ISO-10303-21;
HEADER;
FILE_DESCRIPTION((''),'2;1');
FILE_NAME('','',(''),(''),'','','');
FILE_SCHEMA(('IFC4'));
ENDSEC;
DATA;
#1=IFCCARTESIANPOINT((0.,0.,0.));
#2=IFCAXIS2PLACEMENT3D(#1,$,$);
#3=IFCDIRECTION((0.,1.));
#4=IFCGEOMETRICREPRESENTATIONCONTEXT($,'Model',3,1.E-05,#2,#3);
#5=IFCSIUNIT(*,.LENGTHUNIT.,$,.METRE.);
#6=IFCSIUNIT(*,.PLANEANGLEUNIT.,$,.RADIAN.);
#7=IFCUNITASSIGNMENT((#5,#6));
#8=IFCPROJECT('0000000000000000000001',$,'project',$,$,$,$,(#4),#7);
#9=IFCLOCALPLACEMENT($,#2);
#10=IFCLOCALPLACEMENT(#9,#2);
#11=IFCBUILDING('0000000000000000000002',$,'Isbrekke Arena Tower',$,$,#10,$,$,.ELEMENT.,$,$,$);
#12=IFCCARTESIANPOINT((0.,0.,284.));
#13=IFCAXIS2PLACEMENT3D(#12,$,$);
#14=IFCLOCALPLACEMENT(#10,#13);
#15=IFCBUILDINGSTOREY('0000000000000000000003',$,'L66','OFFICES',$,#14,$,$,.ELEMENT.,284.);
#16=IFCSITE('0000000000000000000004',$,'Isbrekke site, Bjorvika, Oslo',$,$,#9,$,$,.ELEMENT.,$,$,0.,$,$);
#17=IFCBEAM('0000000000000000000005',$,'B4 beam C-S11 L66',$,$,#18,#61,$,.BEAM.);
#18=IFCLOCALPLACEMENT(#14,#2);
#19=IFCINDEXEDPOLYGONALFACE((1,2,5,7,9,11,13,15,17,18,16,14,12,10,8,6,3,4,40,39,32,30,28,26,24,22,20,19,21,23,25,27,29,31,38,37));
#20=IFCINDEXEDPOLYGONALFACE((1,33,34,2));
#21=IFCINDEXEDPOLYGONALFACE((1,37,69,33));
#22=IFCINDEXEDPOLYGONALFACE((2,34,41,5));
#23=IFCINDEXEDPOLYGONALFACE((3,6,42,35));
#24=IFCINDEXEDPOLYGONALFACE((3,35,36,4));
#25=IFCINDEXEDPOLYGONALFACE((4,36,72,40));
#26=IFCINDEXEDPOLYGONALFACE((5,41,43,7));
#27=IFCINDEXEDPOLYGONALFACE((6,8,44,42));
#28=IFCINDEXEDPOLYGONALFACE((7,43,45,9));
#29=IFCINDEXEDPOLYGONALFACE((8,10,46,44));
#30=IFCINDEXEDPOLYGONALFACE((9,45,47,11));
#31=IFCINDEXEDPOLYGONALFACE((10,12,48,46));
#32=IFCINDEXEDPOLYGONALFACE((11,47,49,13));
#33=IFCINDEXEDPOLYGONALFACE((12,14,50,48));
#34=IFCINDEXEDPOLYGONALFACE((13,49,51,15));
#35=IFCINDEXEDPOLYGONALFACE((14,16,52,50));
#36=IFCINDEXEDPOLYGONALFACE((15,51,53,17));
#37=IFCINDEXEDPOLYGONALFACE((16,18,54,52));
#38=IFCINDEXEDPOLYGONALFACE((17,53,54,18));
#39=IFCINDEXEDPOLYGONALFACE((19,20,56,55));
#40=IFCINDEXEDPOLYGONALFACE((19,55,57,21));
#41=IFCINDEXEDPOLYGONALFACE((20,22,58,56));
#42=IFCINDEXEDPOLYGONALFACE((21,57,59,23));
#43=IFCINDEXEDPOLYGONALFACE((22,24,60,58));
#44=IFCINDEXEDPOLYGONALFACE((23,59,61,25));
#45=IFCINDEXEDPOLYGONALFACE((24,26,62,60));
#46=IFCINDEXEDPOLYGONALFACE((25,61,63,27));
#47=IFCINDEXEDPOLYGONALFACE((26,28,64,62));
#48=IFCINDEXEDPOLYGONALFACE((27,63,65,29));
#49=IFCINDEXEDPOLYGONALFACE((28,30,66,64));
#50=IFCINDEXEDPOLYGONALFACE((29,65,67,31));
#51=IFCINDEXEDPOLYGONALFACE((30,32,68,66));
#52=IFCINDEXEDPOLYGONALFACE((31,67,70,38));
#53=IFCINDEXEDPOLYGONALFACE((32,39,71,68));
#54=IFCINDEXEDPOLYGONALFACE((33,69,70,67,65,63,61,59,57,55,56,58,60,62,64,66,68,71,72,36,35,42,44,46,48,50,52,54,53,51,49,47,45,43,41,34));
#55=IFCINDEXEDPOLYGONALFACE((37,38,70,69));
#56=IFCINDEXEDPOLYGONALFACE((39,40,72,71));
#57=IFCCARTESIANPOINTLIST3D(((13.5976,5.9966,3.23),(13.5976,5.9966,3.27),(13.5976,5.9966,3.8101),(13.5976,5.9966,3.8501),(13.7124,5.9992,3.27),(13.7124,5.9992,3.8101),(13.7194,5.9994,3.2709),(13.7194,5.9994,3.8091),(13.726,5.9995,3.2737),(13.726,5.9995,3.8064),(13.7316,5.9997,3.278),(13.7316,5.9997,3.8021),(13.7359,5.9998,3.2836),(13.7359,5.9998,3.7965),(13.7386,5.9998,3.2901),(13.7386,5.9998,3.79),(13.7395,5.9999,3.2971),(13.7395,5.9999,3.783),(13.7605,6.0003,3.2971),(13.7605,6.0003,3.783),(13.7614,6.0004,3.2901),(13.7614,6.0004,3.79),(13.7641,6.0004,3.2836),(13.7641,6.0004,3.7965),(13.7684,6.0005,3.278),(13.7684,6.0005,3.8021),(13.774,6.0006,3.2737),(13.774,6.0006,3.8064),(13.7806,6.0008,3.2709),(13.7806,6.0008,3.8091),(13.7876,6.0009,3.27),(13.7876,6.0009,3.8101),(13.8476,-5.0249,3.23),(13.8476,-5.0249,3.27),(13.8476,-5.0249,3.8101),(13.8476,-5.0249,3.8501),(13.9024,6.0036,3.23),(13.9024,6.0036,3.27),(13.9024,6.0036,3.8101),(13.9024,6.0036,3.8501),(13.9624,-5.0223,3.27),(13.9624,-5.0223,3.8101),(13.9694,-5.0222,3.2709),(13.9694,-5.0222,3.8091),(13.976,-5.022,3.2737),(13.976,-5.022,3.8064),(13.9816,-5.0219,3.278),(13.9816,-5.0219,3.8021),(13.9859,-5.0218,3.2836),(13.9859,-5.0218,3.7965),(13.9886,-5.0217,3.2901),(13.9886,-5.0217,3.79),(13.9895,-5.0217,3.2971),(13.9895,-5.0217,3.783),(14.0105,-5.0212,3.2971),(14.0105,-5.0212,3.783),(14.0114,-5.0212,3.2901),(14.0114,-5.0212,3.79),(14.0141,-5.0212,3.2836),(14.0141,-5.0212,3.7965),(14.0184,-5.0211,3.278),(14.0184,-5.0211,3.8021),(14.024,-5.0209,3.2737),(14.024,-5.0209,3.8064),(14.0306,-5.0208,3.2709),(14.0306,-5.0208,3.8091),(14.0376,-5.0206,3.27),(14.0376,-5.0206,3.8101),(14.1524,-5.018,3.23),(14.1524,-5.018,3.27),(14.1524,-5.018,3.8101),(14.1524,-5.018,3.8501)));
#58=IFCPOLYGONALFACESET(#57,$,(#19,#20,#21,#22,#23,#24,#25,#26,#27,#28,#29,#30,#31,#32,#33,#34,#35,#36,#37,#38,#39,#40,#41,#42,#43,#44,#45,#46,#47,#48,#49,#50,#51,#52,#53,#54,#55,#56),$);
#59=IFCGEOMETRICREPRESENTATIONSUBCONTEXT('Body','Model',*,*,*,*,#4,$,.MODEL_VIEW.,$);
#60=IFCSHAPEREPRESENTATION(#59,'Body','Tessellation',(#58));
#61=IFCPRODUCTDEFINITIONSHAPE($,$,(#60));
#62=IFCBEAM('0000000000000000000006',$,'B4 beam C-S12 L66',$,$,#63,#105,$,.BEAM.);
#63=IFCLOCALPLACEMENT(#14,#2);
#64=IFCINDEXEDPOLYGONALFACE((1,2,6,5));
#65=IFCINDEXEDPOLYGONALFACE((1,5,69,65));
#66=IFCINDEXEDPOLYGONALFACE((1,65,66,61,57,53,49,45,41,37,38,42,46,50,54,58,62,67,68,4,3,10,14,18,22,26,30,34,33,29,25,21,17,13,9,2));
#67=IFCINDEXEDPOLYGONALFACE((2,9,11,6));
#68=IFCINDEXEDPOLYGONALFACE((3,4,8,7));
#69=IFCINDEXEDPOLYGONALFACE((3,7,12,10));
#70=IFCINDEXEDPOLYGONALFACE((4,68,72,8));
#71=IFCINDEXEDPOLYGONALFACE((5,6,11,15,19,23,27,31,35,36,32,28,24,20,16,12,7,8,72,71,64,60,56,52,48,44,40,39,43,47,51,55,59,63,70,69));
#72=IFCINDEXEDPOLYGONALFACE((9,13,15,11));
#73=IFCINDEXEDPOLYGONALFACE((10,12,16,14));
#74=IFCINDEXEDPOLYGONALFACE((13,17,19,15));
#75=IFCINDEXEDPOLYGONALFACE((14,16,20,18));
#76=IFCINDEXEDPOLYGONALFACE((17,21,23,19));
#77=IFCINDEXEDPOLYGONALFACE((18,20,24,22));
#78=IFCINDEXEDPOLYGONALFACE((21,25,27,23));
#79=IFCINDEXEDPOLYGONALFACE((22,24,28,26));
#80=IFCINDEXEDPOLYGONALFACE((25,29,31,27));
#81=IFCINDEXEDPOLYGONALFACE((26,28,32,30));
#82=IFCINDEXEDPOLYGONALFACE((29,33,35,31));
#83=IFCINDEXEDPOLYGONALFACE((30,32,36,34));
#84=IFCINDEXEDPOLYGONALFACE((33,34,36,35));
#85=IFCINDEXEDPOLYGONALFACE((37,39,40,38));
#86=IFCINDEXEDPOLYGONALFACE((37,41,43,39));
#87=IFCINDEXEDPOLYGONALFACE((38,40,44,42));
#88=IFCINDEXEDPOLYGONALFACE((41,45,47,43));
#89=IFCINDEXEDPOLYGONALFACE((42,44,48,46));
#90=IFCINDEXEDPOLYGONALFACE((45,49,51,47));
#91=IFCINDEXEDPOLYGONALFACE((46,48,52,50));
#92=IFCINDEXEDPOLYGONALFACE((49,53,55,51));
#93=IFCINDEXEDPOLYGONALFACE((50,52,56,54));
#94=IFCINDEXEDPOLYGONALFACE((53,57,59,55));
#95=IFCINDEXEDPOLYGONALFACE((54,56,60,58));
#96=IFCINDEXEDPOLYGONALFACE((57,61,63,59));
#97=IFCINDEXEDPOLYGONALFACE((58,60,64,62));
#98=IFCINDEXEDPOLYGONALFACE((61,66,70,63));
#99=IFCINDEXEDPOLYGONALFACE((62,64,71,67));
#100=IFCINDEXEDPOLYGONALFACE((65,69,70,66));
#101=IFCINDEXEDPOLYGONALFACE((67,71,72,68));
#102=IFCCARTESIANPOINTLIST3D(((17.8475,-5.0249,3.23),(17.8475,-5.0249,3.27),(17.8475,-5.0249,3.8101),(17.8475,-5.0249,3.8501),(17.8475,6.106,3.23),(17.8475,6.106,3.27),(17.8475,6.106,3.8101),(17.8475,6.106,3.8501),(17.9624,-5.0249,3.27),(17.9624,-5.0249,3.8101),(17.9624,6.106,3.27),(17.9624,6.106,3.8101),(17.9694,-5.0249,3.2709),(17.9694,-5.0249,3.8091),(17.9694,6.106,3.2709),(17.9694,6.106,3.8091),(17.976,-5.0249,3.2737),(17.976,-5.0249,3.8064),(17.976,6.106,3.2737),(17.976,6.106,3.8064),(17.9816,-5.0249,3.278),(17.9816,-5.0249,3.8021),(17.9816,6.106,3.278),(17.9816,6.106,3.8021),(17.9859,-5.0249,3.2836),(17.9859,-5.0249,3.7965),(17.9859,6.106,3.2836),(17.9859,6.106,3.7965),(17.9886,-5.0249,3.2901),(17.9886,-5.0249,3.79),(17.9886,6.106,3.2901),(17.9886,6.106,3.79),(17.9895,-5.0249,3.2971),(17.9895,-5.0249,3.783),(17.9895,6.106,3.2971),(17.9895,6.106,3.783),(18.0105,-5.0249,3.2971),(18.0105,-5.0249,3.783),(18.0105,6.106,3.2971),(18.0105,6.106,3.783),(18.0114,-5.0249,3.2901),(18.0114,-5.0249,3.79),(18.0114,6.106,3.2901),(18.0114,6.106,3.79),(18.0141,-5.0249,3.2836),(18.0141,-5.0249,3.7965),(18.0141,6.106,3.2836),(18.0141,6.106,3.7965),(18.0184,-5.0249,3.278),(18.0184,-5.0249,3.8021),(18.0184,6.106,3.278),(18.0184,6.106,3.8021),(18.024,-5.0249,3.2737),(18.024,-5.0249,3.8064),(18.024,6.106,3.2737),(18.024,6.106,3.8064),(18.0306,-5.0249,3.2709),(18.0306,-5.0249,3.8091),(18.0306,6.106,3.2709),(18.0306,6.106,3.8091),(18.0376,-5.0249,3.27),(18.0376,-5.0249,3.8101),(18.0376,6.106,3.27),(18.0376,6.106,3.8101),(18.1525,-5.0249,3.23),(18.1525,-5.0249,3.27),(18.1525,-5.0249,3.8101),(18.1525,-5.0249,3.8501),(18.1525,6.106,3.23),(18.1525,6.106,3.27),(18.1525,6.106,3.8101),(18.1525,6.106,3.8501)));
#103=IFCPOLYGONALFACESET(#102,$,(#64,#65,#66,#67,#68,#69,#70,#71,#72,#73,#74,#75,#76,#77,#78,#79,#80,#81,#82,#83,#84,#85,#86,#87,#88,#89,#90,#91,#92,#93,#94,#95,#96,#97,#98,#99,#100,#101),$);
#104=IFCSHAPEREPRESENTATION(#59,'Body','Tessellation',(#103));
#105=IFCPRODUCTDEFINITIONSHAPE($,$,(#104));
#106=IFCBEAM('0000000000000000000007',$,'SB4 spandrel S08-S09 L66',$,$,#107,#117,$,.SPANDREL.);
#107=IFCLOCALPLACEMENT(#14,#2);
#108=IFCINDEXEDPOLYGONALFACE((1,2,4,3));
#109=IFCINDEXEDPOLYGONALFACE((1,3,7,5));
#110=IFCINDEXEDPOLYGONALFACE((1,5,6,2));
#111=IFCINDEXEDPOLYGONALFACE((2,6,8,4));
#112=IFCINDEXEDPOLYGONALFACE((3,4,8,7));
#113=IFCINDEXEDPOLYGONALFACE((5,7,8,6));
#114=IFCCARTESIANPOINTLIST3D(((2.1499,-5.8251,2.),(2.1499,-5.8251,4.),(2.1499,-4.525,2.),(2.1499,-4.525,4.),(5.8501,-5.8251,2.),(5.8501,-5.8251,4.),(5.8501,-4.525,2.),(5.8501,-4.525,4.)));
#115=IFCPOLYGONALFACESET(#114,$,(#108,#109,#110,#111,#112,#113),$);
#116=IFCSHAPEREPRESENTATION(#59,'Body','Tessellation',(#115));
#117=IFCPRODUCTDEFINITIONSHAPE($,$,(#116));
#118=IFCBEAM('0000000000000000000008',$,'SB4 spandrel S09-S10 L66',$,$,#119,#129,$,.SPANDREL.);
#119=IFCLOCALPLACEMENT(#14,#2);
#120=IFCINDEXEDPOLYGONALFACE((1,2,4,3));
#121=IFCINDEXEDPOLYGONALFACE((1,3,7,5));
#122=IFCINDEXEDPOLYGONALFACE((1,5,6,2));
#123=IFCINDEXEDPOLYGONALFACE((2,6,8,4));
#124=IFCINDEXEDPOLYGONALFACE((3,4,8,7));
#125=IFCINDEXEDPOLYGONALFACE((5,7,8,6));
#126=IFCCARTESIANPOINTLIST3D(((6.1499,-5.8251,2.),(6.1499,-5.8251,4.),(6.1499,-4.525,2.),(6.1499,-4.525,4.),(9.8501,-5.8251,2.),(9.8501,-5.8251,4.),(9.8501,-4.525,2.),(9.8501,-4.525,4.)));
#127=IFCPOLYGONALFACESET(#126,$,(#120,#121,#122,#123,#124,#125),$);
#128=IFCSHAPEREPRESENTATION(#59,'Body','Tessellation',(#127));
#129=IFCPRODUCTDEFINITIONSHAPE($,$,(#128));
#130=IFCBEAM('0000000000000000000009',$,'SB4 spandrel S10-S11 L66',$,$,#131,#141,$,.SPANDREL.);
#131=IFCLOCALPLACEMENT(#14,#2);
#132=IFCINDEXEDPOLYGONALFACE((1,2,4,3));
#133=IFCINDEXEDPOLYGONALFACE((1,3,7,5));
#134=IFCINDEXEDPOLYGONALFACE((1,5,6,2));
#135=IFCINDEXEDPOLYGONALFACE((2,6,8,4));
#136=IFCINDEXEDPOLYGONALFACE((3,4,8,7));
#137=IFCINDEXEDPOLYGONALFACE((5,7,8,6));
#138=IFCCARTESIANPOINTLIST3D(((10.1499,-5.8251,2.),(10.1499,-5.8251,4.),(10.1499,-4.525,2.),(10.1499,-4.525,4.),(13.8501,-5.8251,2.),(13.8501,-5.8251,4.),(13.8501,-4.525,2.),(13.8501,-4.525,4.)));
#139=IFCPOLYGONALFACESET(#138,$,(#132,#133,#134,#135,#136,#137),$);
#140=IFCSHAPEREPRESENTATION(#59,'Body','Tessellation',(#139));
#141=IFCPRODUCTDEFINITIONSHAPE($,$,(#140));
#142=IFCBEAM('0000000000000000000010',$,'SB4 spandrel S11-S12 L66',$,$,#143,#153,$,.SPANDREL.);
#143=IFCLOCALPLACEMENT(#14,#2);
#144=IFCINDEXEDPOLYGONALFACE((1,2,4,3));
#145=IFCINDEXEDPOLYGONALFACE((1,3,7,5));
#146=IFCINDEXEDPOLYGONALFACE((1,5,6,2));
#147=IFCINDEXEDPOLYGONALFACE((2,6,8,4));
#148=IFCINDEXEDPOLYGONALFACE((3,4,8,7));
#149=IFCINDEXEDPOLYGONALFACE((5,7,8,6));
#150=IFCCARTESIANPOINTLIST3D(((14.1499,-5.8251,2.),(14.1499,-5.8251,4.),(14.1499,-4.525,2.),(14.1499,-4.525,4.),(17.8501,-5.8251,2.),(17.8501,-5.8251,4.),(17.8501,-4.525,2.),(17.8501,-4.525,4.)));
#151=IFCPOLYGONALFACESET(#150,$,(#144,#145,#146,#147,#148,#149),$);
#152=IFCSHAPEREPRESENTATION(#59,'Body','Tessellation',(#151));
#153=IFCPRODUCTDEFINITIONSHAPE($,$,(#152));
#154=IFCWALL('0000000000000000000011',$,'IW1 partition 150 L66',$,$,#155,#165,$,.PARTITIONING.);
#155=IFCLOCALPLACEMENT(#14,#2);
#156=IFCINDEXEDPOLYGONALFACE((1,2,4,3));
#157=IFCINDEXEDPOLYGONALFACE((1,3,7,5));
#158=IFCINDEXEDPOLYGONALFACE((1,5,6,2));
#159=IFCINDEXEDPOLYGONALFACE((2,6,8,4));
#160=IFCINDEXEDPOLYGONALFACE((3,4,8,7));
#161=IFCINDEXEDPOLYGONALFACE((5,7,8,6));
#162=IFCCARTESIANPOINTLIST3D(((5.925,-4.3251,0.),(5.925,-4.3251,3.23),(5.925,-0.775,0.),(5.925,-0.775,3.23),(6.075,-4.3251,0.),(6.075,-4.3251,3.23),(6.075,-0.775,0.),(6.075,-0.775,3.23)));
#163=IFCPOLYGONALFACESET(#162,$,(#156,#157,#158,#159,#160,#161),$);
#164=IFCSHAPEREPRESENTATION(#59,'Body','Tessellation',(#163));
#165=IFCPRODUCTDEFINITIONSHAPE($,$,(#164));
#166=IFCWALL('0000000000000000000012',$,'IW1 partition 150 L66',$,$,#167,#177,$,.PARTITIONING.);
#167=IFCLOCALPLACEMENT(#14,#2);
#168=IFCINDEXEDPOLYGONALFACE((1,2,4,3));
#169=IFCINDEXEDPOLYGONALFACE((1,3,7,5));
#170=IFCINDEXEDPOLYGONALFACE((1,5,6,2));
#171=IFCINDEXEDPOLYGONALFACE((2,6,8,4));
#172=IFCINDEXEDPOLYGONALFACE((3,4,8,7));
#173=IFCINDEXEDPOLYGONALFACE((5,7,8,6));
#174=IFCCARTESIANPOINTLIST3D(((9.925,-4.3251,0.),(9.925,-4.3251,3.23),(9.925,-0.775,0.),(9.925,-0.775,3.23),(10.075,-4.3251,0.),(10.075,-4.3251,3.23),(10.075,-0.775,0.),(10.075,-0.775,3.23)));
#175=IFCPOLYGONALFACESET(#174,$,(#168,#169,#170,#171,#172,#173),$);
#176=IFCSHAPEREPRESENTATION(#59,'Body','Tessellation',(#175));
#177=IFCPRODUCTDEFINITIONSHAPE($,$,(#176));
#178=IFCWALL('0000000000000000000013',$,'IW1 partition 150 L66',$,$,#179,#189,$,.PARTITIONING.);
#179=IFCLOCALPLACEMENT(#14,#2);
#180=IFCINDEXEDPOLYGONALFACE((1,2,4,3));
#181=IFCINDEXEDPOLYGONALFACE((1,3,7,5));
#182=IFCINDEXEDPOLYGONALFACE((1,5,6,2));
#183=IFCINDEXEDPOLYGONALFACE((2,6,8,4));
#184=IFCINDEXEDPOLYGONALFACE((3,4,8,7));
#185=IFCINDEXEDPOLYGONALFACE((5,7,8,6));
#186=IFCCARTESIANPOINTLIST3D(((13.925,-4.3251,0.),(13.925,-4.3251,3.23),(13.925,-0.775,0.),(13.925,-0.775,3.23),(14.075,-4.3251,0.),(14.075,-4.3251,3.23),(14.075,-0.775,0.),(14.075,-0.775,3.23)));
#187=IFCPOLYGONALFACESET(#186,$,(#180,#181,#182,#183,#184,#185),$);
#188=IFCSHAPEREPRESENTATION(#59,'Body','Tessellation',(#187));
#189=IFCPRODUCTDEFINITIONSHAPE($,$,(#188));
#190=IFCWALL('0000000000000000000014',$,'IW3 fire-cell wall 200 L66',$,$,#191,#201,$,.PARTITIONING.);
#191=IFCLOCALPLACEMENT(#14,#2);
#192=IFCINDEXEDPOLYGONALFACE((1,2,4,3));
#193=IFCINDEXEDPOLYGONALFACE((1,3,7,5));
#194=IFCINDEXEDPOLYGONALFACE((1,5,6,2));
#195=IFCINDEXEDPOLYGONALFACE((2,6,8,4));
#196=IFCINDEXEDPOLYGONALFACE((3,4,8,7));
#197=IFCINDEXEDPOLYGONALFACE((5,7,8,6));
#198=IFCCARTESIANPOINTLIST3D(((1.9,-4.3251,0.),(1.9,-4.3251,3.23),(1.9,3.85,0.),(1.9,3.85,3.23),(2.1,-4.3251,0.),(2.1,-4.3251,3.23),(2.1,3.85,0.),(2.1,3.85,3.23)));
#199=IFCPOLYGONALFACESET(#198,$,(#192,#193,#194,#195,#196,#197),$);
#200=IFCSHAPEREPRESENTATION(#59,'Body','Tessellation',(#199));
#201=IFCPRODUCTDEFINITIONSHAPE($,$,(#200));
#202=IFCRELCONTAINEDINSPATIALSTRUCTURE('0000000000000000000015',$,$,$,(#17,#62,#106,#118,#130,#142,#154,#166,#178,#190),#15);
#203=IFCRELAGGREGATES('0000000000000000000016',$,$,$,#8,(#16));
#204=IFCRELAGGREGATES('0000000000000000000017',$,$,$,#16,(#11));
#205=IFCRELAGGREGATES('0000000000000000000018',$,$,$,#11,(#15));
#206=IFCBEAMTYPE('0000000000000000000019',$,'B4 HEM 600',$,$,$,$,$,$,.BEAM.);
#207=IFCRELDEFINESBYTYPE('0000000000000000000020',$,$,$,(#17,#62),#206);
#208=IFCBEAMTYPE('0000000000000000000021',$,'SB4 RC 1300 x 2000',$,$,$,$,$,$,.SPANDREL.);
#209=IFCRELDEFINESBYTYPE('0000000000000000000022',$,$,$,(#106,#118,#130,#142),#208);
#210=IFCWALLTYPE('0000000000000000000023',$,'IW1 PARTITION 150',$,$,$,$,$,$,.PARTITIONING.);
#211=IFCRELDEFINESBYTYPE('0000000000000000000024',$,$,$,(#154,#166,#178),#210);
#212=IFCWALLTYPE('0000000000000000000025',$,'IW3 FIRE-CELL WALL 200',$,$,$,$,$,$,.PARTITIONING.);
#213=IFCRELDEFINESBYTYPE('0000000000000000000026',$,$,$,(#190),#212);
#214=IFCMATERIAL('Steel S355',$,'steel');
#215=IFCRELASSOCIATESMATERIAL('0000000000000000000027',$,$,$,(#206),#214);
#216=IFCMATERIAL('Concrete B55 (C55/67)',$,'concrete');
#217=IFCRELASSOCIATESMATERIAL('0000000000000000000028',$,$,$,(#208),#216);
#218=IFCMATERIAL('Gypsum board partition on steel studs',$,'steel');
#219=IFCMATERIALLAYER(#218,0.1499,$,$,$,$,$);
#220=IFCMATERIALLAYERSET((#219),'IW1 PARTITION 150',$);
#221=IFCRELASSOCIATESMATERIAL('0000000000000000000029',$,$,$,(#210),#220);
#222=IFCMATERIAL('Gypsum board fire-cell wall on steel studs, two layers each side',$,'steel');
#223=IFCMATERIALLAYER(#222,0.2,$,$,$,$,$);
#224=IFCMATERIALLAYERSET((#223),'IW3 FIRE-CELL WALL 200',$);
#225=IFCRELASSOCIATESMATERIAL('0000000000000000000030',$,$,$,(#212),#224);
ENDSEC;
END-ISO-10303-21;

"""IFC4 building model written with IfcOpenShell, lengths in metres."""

from ifc_helpers import new_model, si_unit, direction, frame, frame_2d, origin, origin_2d, place, context, subcontext, project, spatial, rectangle, i_section, extrude, material, layer, layer_set, material_profile, profile_set, type_object, element, save


model = new_model("IFC4")

# Units and contexts
model_context = context("Model", 3, precision=1e-05, world=origin(), true_north=direction((0.0, 1.0)))
body_context = subcontext(model_context, "Body", "Model", "MODEL_VIEW")
ifc_project = project(units=[si_unit("LENGTHUNIT", "METRE"), si_unit("PLANEANGLEUNIT", "RADIAN")], contexts=[model_context])

# Site, building, storey
site_placement = place(None, origin())
site = spatial("IfcSite", under=ifc_project, at=site_placement, Name="Isbrekke site, Bjorvika, Oslo", CompositionType="ELEMENT", RefElevation=0.0)
building_placement = place(site_placement, origin())
building = spatial("IfcBuilding", under=site, at=building_placement, Name="Isbrekke Arena Tower", CompositionType="ELEMENT")
storey_placement = place(building_placement, frame((0.0, 0.0, 284.0)))
storey = spatial("IfcBuildingStorey", under=building, at=storey_placement, Name="L66", Description="OFFICES", CompositionType="ELEMENT", Elevation=284.0)

# Beams
ifc_material_1 = material(Name="Steel S355", Category="steel")
ifc_material_profile_1 = material_profile(ifc_material_1, i_section(OverallWidth=0.3049, OverallDepth=0.6201, WebThickness=0.021, FlangeThickness=0.04, FilletRadius=0.0271, at=origin_2d()), Name="HEM 600")
ifc_profile_set_1 = profile_set([ifc_material_profile_1], Name="Steel S355")
beam_type_1 = type_object("IfcBeamType", Name="B4 HEM 600", PredefinedType="BEAM", material=ifc_profile_set_1)
beam_1_placement = place(storey_placement, frame((14.0, -5.0215, 3.54), z_axis=(-0.022677, 0.999743, 0.0), x_axis=(-0.999743, -0.022677, 0.0)))
element("IfcBeam", 1, at=beam_1_placement, inside=storey, type_object=beam_type_1, Name="B4 beam C-S11 L66", PredefinedType="BEAM", context=body_context, shape_type="SweptSolid", body=[
    extrude(i_section(OverallWidth=0.3049, OverallDepth=0.6201, WebThickness=0.021, FlangeThickness=0.04, FilletRadius=0.0271, at=origin_2d()), origin(), (0.0, 0.0, 1.0), 11.0244),
])
beam_2_placement = place(storey_placement, frame((18.0, -5.0249, 3.54), z_axis=(0.0, 1.0, 0.0), x_axis=(-1.0, 0.0, 0.0)))
element("IfcBeam", 2, at=beam_2_placement, inside=storey, type_object=beam_type_1, Name="B4 beam C-S12 L66", PredefinedType="BEAM", context=body_context, shape_type="SweptSolid", body=[
    extrude(i_section(OverallWidth=0.3049, OverallDepth=0.6201, WebThickness=0.021, FlangeThickness=0.04, FilletRadius=0.0271, at=origin_2d()), origin(), (0.0, 0.0, 1.0), 11.1309),
])
ifc_material_2 = material(Name="Concrete B55 (C55/67)", Category="concrete")
ifc_material_profile_2 = material_profile(ifc_material_2, rectangle(XDim=1.3, YDim=2.0, at=origin_2d()), Name="RC 1300x2000")
ifc_profile_set_2 = profile_set([ifc_material_profile_2], Name="Concrete B55 (C55/67)")
beam_type_2 = type_object("IfcBeamType", Name="SB4 RC 1300 x 2000", PredefinedType="SPANDREL", material=ifc_profile_set_2)
for number, where, z_axis, x_axis, name in (
    (3, (2.1499, -5.175, 3.0), (1.0, 0.0, 0.0), (0.0, 1.0, 0.0), "SB4 spandrel S08-S09 L66"),
    (4, (6.1499, -5.175, 3.0), (1.0, 0.0, 0.0), (0.0, 1.0, 0.0), "SB4 spandrel S09-S10 L66"),
    (5, (10.1499, -5.175, 3.0), (1.0, 0.0, 0.0), (0.0, 1.0, 0.0), "SB4 spandrel S10-S11 L66"),
    (6, (14.1499, -5.175, 3.0), (1.0, 0.0, 0.0), (0.0, 1.0, 0.0), "SB4 spandrel S11-S12 L66"),
):
    element("IfcBeam", number, at=place(storey_placement, frame(where, z_axis=z_axis, x_axis=x_axis)), inside=storey, type_object=beam_type_2, Name=name, PredefinedType="SPANDREL", context=body_context, shape_type="SweptSolid", body=[
        extrude(rectangle(XDim=1.3, YDim=2.0, at=origin_2d()), origin(), (0.0, 0.0, 1.0), 3.7002),
    ])

# Walls
ifc_material_3 = material(Name="Gypsum board partition on steel studs", Category="steel")
ifc_layer_1 = layer(ifc_material_3, 0.1499)
ifc_layer_set_1 = layer_set([ifc_layer_1], Name="IW1 PARTITION 150")
wall_type_1 = type_object("IfcWallType", Name="IW1 PARTITION 150", PredefinedType="PARTITIONING", material=ifc_layer_set_1)
for number, where, z_axis, x_axis, name in (
    (7, (6.0, -4.325, 0.0), (0.0, 0.0, 1.0), (0.0, 1.0, 0.0), "IW1 partition 150 L66"),
    (8, (10.0, -4.325, 0.0), (0.0, 0.0, 1.0), (0.0, 1.0, 0.0), "IW1 partition 150 L66"),
    (9, (14.0, -4.325, 0.0), (0.0, 0.0, 1.0), (0.0, 1.0, 0.0), "IW1 partition 150 L66"),
):
    element("IfcWall", number, at=place(storey_placement, frame(where, z_axis=z_axis, x_axis=x_axis)), inside=storey, type_object=wall_type_1, Name=name, PredefinedType="PARTITIONING", context=body_context, shape_type="SweptSolid", body=[
        extrude(rectangle(XDim=3.55, YDim=0.1499, at=frame_2d((1.7749, 0.0))), origin(), (0.0, 0.0, 1.0), 3.23),
    ])

# Wall
ifc_material_4 = material(Name="Gypsum board fire-cell wall on steel studs, two layers each side", Category="steel")
ifc_layer_2 = layer(ifc_material_4, 0.2)
ifc_layer_set_2 = layer_set([ifc_layer_2], Name="IW3 FIRE-CELL WALL 200")
wall_type_2 = type_object("IfcWallType", Name="IW3 FIRE-CELL WALL 200", PredefinedType="PARTITIONING", material=ifc_layer_set_2)
wall_1_placement = place(storey_placement, frame((2.0, -4.325, 0.0), z_axis=(0.0, 0.0, 1.0), x_axis=(0.0, 1.0, 0.0)))
element("IfcWall", 10, at=wall_1_placement, inside=storey, type_object=wall_type_2, Name="IW3 fire-cell wall 200 L66", PredefinedType="PARTITIONING", context=body_context, shape_type="SweptSolid", body=[
    extrude(rectangle(XDim=8.175, YDim=0.2, at=frame_2d((4.0874, 0.0))), origin(), (0.0, 0.0, 1.0), 3.23),
])

save(model, "model.ifc")
